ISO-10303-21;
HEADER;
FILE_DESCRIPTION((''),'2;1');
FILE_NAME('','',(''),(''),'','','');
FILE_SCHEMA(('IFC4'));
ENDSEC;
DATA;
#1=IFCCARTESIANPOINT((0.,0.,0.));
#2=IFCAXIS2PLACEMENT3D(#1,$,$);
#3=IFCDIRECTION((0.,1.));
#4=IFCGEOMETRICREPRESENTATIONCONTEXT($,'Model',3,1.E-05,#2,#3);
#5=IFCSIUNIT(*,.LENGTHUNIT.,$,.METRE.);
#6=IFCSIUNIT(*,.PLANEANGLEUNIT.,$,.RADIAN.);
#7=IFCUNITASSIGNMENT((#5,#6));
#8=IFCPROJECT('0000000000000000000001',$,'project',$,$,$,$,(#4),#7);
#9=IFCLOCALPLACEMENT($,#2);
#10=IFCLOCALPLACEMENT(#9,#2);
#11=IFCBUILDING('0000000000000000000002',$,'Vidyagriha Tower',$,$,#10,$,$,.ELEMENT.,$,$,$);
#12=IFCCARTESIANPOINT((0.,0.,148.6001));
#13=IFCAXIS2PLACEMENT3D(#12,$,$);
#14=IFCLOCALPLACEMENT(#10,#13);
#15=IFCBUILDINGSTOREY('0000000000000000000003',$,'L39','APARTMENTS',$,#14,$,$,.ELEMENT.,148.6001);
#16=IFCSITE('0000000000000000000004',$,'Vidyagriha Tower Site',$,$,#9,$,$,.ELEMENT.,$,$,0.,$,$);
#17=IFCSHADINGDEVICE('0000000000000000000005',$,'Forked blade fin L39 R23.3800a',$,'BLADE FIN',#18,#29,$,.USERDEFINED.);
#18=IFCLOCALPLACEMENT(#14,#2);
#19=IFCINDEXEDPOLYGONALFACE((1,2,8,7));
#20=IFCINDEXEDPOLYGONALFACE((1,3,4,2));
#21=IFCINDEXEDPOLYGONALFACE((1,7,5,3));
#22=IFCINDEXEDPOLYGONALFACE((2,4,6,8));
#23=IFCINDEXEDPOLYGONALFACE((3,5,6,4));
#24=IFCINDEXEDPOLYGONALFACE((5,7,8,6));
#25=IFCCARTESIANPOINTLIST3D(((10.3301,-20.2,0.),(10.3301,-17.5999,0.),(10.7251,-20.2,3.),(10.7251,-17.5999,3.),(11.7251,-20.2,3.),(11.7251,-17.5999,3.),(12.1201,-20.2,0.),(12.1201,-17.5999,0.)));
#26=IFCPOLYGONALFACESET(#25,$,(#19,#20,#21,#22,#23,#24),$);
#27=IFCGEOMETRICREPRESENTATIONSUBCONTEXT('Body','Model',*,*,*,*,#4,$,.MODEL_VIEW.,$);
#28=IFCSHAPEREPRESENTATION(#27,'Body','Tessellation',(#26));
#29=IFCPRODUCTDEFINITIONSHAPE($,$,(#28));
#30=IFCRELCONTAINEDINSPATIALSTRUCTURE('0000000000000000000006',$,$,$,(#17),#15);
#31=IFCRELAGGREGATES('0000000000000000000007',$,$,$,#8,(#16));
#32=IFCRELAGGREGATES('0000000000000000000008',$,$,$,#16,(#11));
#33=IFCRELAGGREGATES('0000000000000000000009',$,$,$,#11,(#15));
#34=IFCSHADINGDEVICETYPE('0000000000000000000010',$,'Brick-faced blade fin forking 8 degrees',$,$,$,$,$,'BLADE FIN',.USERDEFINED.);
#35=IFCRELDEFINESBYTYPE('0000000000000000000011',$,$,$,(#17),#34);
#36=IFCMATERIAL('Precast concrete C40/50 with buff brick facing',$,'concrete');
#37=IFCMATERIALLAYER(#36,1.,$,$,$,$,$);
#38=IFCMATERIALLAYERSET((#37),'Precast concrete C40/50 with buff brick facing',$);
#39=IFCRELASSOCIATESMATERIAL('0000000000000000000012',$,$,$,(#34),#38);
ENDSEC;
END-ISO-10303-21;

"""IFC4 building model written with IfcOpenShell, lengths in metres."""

from ifc_helpers import new_model, si_unit, direction, frame, origin, place, context, subcontext, project, spatial, polyline, outline, extrude, material, layer, layer_set, type_object, element, save


model = new_model("IFC4")

# Units and contexts
model_context = context("Model", 3, precision=1e-05, world=origin(), true_north=direction((0.0, 1.0)))
body_context = subcontext(model_context, "Body", "Model", "MODEL_VIEW")
ifc_project = project(units=[si_unit("LENGTHUNIT", "METRE"), si_unit("PLANEANGLEUNIT", "RADIAN")], contexts=[model_context])

# Site, building, storey
site_placement = place(None, origin())
site = spatial("IfcSite", under=ifc_project, at=site_placement, Name="Vidyagriha Tower Site", CompositionType="ELEMENT", RefElevation=0.0)
building_placement = place(site_placement, origin())
building = spatial("IfcBuilding", under=site, at=building_placement, Name="Vidyagriha Tower", CompositionType="ELEMENT")
storey_placement = place(building_placement, frame((0.0, 0.0, 148.6001)))
storey = spatial("IfcBuildingStorey", under=building, at=storey_placement, Name="L39", Description="APARTMENTS", CompositionType="ELEMENT", Elevation=148.6001)

# Shading device
ifc_material_1 = material(Name="Precast concrete C40/50 with buff brick facing", Category="concrete")
ifc_layer_1 = layer(ifc_material_1, 1.0)
ifc_layer_set_1 = layer_set([ifc_layer_1], Name="Precast concrete C40/50 with buff brick facing")
shading_device_type_1 = type_object("IfcShadingDeviceType", Name="Brick-faced blade fin forking 8 degrees", ElementType="BLADE FIN", PredefinedType="USERDEFINED", material=ifc_layer_set_1)
shading_device_1_placement = place(storey_placement, frame((10.3301, -18.8999, 0.0)))
element("IfcShadingDevice", 1, at=shading_device_1_placement, inside=storey, type_object=shading_device_type_1, Name="Forked blade fin L39 R23.3800a", ObjectType="BLADE FIN", PredefinedType="USERDEFINED", context=body_context, shape_type="SweptSolid", body=[
    extrude(outline(polyline([(0.0, 0.0), (1.79, 0.0), (1.395, 3.0), (0.395, 3.0), (0.0, 0.0)])), frame((0.0, 1.3, 0.0), z_axis=(0.0, -1.0, 0.0), x_axis=(1.0, 0.0, 0.0)), (0.0, 0.0, 1.0), 2.6001),
])

save(model, "model.ifc")
